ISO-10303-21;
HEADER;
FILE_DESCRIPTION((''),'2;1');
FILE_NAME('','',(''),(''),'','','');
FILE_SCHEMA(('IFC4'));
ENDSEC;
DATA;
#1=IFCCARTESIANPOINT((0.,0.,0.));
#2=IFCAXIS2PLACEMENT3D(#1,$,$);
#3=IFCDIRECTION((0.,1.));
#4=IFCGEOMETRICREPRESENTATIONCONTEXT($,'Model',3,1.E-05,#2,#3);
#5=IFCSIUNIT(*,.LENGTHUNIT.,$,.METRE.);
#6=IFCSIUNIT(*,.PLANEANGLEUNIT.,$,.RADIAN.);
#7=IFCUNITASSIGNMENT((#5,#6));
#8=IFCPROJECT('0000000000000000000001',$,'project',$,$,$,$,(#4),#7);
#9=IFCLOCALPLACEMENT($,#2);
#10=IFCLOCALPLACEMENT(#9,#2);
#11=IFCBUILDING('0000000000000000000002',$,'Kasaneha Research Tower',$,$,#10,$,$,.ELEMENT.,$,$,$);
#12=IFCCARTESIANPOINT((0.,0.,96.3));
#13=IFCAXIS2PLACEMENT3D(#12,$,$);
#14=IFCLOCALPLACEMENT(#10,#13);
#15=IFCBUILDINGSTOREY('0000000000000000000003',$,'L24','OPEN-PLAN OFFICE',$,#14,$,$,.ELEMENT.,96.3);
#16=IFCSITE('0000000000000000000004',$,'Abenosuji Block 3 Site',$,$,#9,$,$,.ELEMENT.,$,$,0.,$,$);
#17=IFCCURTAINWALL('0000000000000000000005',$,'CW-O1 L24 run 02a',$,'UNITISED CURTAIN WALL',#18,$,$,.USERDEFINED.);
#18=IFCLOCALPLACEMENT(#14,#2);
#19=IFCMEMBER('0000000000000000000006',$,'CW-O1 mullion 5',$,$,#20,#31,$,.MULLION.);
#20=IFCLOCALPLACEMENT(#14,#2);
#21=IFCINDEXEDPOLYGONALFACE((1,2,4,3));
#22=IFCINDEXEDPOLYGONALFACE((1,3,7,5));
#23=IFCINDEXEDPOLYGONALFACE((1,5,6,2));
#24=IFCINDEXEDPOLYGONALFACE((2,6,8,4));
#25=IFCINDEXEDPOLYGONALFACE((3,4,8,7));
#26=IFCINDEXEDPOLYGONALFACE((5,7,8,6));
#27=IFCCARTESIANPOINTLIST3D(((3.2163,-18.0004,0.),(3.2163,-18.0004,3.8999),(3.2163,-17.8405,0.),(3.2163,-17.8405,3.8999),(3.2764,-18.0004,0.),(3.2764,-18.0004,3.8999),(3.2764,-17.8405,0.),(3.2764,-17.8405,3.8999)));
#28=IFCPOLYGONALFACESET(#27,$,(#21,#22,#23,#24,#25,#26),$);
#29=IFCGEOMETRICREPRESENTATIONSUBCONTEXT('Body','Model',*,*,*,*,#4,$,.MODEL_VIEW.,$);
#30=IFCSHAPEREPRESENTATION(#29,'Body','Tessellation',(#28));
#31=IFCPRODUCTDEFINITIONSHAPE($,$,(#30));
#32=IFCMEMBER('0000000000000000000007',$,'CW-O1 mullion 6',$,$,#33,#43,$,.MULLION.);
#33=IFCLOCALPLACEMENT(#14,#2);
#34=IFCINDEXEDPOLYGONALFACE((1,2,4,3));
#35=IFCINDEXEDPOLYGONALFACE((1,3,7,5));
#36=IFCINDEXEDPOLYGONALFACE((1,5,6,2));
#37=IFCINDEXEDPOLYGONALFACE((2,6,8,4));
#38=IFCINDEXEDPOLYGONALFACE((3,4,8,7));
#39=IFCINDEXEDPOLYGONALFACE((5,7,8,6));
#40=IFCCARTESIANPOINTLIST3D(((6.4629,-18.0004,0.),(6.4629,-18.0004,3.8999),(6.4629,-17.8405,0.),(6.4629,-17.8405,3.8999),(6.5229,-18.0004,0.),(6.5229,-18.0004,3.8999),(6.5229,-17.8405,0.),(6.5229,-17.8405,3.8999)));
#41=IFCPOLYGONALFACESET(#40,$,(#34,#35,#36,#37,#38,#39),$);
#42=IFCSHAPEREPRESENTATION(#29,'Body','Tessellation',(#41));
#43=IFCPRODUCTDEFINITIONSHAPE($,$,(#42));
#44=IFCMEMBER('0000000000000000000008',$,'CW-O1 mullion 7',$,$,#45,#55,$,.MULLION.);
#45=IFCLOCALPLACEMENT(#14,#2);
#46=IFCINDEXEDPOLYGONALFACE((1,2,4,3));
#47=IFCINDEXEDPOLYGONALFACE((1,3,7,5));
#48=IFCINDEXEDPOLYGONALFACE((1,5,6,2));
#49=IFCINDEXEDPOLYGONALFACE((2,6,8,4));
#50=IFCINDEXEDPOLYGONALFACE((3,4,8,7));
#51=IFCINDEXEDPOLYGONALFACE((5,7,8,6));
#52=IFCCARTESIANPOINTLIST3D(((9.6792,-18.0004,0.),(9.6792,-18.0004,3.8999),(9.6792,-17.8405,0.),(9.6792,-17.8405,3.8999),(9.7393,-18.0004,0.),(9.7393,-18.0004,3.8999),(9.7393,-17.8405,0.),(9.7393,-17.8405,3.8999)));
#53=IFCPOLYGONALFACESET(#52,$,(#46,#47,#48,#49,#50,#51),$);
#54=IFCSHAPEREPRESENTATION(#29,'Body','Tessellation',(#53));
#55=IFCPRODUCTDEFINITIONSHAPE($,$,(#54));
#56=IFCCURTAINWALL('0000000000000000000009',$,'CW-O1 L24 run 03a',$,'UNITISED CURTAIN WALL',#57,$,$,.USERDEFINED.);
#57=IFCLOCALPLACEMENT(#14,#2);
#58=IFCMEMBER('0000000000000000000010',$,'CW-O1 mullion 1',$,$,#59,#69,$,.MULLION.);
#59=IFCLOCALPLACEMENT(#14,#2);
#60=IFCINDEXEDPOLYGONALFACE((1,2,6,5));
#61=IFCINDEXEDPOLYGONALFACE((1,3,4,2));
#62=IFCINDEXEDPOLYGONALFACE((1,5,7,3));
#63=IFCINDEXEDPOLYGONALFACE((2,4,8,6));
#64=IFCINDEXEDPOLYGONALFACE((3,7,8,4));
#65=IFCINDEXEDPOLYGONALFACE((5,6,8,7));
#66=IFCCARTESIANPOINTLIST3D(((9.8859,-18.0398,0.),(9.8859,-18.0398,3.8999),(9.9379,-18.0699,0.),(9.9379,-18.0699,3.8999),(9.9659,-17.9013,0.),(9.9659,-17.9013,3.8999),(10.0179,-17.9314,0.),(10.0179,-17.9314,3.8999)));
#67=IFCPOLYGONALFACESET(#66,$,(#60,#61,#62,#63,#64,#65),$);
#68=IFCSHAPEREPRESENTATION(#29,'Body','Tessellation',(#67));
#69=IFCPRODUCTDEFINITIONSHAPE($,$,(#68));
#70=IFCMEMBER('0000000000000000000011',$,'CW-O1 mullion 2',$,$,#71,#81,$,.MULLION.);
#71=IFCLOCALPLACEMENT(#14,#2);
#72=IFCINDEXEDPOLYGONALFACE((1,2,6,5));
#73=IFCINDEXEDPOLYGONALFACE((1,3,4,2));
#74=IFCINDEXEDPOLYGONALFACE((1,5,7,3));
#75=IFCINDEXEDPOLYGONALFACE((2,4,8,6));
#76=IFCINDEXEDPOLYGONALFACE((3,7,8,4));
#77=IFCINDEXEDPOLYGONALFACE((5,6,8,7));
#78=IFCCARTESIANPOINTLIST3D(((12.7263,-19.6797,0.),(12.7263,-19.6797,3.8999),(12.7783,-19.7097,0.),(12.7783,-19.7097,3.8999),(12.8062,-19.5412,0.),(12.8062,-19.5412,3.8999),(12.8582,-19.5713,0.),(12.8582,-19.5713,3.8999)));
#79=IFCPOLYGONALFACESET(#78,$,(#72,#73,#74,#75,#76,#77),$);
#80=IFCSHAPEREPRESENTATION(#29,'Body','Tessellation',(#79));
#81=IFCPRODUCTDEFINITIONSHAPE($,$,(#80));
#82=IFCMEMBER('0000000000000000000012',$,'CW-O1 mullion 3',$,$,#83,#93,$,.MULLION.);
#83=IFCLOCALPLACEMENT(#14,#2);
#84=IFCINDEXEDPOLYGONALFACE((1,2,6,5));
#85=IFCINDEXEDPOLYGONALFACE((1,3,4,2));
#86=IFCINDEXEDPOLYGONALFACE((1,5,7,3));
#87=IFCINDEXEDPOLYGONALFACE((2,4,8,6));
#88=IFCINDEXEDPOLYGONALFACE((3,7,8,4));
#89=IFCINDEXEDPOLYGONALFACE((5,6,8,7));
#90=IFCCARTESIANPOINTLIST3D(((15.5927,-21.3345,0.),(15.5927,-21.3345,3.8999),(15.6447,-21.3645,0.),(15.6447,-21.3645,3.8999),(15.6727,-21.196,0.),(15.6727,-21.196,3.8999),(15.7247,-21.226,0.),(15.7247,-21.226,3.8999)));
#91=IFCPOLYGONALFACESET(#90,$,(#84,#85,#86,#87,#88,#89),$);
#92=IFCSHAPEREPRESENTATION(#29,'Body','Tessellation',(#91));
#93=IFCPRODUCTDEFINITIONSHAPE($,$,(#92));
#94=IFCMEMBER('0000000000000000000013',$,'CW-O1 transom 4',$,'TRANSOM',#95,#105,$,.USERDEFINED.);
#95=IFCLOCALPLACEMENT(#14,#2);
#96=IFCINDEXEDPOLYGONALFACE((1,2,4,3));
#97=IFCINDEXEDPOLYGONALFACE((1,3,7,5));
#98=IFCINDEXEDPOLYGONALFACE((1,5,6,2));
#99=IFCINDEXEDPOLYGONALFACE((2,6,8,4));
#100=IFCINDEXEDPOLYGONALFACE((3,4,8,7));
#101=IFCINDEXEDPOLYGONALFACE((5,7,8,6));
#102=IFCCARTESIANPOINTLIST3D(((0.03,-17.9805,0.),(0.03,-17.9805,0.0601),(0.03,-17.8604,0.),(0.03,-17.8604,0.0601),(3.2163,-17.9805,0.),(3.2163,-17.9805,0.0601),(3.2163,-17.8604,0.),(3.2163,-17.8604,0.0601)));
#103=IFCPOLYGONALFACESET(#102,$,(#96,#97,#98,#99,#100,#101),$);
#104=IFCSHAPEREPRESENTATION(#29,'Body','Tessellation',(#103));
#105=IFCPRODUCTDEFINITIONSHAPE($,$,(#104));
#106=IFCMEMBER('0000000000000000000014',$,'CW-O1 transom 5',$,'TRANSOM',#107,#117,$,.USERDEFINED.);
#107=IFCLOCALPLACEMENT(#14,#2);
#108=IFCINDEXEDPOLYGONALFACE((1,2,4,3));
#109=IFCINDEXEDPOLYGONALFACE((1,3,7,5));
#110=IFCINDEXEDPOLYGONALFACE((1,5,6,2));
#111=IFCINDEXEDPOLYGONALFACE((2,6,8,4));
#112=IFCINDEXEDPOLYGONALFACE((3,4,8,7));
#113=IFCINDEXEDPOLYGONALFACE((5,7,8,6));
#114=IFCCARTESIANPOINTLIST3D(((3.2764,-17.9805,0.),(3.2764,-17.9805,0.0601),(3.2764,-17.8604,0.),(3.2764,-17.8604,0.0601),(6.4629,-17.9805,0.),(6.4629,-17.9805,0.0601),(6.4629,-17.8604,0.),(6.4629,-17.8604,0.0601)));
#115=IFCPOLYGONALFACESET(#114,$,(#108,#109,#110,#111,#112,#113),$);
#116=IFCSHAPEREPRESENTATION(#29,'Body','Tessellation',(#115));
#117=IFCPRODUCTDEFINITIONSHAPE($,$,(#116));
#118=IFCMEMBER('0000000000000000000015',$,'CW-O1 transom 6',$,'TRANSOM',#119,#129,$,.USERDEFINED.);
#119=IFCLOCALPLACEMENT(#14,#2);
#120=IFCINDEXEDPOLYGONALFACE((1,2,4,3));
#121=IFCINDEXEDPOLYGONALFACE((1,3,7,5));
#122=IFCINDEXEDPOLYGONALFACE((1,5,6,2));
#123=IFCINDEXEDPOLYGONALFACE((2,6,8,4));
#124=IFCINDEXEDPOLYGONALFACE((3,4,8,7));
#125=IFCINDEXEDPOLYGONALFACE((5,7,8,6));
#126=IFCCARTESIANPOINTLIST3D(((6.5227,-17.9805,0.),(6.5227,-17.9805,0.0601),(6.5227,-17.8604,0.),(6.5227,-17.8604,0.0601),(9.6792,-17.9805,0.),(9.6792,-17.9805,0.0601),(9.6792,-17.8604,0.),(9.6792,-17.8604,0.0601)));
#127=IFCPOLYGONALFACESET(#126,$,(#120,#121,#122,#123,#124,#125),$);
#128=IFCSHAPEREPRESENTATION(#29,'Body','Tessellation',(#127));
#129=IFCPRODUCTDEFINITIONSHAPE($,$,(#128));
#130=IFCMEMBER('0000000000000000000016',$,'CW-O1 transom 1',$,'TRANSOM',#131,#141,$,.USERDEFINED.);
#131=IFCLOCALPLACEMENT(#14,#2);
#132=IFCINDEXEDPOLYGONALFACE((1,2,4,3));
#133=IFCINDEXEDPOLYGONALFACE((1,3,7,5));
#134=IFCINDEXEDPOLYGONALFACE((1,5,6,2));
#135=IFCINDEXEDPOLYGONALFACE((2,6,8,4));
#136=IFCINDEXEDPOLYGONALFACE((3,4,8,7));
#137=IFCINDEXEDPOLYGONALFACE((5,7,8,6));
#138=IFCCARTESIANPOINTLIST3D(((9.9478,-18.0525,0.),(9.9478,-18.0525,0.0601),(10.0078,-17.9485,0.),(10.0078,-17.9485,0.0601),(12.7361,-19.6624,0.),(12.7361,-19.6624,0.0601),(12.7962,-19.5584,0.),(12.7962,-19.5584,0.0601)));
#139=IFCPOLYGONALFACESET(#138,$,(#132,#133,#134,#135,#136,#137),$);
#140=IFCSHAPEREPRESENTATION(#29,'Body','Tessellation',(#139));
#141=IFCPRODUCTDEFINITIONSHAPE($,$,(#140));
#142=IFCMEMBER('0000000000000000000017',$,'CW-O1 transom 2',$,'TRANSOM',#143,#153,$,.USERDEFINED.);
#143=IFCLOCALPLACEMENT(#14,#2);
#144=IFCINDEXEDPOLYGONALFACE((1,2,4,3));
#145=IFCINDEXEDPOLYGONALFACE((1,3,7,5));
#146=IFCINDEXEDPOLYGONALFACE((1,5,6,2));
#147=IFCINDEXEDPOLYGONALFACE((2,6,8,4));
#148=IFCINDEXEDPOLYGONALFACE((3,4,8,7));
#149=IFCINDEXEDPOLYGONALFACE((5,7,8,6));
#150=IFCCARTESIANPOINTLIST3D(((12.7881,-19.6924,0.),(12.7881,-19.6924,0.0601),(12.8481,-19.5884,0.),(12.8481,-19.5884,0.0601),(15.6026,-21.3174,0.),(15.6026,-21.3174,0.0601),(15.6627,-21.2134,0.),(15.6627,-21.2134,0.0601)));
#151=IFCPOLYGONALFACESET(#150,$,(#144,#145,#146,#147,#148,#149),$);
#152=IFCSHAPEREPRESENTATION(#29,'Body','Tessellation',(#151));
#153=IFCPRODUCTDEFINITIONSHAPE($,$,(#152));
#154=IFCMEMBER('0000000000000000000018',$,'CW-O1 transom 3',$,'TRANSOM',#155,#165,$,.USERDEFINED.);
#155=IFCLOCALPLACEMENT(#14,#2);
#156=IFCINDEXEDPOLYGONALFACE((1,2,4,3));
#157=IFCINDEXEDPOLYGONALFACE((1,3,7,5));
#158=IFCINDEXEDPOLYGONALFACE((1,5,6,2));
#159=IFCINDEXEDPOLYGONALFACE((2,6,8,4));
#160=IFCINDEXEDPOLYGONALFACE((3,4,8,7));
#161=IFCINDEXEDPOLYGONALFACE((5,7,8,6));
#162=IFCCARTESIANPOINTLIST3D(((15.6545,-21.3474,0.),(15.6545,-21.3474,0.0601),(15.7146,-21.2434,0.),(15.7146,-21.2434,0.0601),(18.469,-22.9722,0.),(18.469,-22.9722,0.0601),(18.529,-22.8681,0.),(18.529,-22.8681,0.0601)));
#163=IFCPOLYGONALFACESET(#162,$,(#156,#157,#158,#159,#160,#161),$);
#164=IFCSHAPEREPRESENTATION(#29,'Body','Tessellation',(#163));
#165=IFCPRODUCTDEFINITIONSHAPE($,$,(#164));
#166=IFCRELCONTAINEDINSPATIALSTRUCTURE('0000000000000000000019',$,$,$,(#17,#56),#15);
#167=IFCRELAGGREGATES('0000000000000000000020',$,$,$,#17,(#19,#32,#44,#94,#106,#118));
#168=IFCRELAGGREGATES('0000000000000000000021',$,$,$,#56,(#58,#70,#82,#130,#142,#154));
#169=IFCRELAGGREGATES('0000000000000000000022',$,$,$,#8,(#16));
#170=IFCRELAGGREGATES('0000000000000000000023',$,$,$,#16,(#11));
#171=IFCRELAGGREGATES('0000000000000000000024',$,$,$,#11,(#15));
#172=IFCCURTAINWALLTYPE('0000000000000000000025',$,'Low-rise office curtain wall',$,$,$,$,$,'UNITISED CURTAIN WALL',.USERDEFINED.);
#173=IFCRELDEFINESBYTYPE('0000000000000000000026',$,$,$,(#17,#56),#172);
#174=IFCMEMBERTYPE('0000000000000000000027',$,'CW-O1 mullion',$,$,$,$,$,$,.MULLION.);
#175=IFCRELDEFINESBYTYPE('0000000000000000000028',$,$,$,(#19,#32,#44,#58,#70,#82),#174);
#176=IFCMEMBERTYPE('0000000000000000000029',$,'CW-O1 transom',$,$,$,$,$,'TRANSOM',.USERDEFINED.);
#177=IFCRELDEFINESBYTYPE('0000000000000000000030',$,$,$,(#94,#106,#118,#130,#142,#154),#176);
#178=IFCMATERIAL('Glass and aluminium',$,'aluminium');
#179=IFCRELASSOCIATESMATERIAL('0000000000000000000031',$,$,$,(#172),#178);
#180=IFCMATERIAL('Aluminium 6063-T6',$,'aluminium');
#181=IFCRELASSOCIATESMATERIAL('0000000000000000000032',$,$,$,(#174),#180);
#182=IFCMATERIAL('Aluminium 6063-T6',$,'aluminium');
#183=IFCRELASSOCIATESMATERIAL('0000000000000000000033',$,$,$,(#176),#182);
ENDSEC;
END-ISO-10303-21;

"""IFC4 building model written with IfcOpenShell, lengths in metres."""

from ifc_helpers import new_model, si_unit, direction, frame, origin, origin_2d, place, context, subcontext, project, spatial, rectangle, extrude, material, material_profile, profile_set, type_object, element, aggregate, save


model = new_model("IFC4")

# Units and contexts
model_context = context("Model", 3, precision=1e-05, world=origin(), true_north=direction((0.0, 1.0)))
body_context = subcontext(model_context, "Body", "Model", "MODEL_VIEW")
ifc_project = project(units=[si_unit("LENGTHUNIT", "METRE"), si_unit("PLANEANGLEUNIT", "RADIAN")], contexts=[model_context])

# Site, building, storey
site_placement = place(None, origin())
site = spatial("IfcSite", under=ifc_project, at=site_placement, Name="Abenosuji Block 3 Site", CompositionType="ELEMENT", RefElevation=0.0)
building_placement = place(site_placement, origin())
building = spatial("IfcBuilding", under=site, at=building_placement, Name="Kasaneha Research Tower", CompositionType="ELEMENT")
storey_placement = place(building_placement, frame((0.0, 0.0, 96.3)))
storey = spatial("IfcBuildingStorey", under=building, at=storey_placement, Name="L24", Description="OPEN-PLAN OFFICE", CompositionType="ELEMENT", Elevation=96.3)

# Curtain walls, members
ifc_material_1 = material(Name="Glass and aluminium", Category="aluminium")
curtain_wall_type = type_object("IfcCurtainWallType", Name="Low-rise office curtain wall", ElementType="UNITISED CURTAIN WALL", PredefinedType="USERDEFINED", material=ifc_material_1)
curtain_wall_1_placement = place(storey_placement, origin())
curtain_wall_1 = element("IfcCurtainWall", 1, at=curtain_wall_1_placement, inside=storey, type_object=curtain_wall_type, Name="CW-O1 L24 run 02a", ObjectType="UNITISED CURTAIN WALL", PredefinedType="USERDEFINED")
ifc_material_2 = material(Name="Aluminium 6063-T6", Category="aluminium")
ifc_material_profile_1 = material_profile(ifc_material_2, rectangle(XDim=0.0601, YDim=0.1599, at=origin_2d()), Name="CW-O1 mullion 60x160")
ifc_profile_set_1 = profile_set([ifc_material_profile_1], Name="Aluminium 6063-T6")
member_type_1 = type_object("IfcMemberType", Name="CW-O1 mullion", PredefinedType="MULLION", material=ifc_profile_set_1)
member_1_placement = place(storey_placement, frame((3.2463, -17.9204, 0.0), z_axis=(0.0, 0.0, 1.0), x_axis=(1.0, 0.0, 0.0)))
member_1 = element("IfcMember", 2, at=member_1_placement, type_object=member_type_1, Name="CW-O1 mullion 5", PredefinedType="MULLION", context=body_context, shape_type="SweptSolid", body=[
    extrude(rectangle(XDim=0.0601, YDim=0.1599, at=origin_2d()), origin(), (0.0, 0.0, 1.0), 3.8999),
])
member_2_placement = place(storey_placement, frame((6.4929, -17.9204, 0.0), z_axis=(0.0, 0.0, 1.0), x_axis=(1.0, 0.0, 0.0)))
member_2 = element("IfcMember", 3, at=member_2_placement, type_object=member_type_1, Name="CW-O1 mullion 6", PredefinedType="MULLION", context=body_context, shape_type="SweptSolid", body=[
    extrude(rectangle(XDim=0.0601, YDim=0.1599, at=origin_2d()), origin(), (0.0, 0.0, 1.0), 3.8999),
])
member_3_placement = place(storey_placement, frame((9.7092, -17.9204, 0.0), z_axis=(0.0, 0.0, 1.0), x_axis=(1.0, 0.0, 0.0)))
member_3 = element("IfcMember", 4, at=member_3_placement, type_object=member_type_1, Name="CW-O1 mullion 7", PredefinedType="MULLION", context=body_context, shape_type="SweptSolid", body=[
    extrude(rectangle(XDim=0.0601, YDim=0.1599, at=origin_2d()), origin(), (0.0, 0.0, 1.0), 3.8999),
])
curtain_wall_2_placement = place(storey_placement, origin())
curtain_wall_2 = element("IfcCurtainWall", 5, at=curtain_wall_2_placement, inside=storey, type_object=curtain_wall_type, Name="CW-O1 L24 run 03a", ObjectType="UNITISED CURTAIN WALL", PredefinedType="USERDEFINED")
member_4_placement = place(storey_placement, frame((9.9519, -17.9856, 0.0), z_axis=(0.0, 0.0, 1.0), x_axis=(0.866025, -0.5, 0.0)))
member_4 = element("IfcMember", 6, at=member_4_placement, type_object=member_type_1, Name="CW-O1 mullion 1", PredefinedType="MULLION", context=body_context, shape_type="SweptSolid", body=[
    extrude(rectangle(XDim=0.0601, YDim=0.1599, at=origin_2d()), origin(), (0.0, 0.0, 1.0), 3.8999),
])
member_5_placement = place(storey_placement, frame((12.7922, -19.6255, 0.0), z_axis=(0.0, 0.0, 1.0), x_axis=(0.866025, -0.5, 0.0)))
member_5 = element("IfcMember", 7, at=member_5_placement, type_object=member_type_1, Name="CW-O1 mullion 2", PredefinedType="MULLION", context=body_context, shape_type="SweptSolid", body=[
    extrude(rectangle(XDim=0.0601, YDim=0.1599, at=origin_2d()), origin(), (0.0, 0.0, 1.0), 3.8999),
])
member_6_placement = place(storey_placement, frame((15.6587, -21.2803, 0.0), z_axis=(0.0, 0.0, 1.0), x_axis=(0.866025, -0.5, 0.0)))
member_6 = element("IfcMember", 8, at=member_6_placement, type_object=member_type_1, Name="CW-O1 mullion 3", PredefinedType="MULLION", context=body_context, shape_type="SweptSolid", body=[
    extrude(rectangle(XDim=0.0601, YDim=0.1599, at=origin_2d()), origin(), (0.0, 0.0, 1.0), 3.8999),
])

# Members
ifc_material_3 = material(Name="Aluminium 6063-T6", Category="aluminium")
ifc_material_profile_2 = material_profile(ifc_material_3, rectangle(XDim=0.1201, YDim=0.0601, at=origin_2d()), Name="CW-O1 transom 120x60")
ifc_profile_set_2 = profile_set([ifc_material_profile_2], Name="Aluminium 6063-T6")
member_type_2 = type_object("IfcMemberType", Name="CW-O1 transom", ElementType="TRANSOM", PredefinedType="USERDEFINED", material=ifc_profile_set_2)
member_7_placement = place(storey_placement, frame((0.03, -17.9204, 0.03), z_axis=(1.0, 0.0, 0.0), x_axis=(0.0, 1.0, 0.0)))
member_7 = element("IfcMember", 9, at=member_7_placement, type_object=member_type_2, Name="CW-O1 transom 4", ObjectType="TRANSOM", PredefinedType="USERDEFINED", context=body_context, shape_type="SweptSolid", body=[
    extrude(rectangle(XDim=0.1201, YDim=0.0601, at=origin_2d()), origin(), (0.0, 0.0, 1.0), 3.1863),
])
member_8_placement = place(storey_placement, frame((3.2764, -17.9204, 0.03), z_axis=(1.0, 0.0, 0.0), x_axis=(0.0, 1.0, 0.0)))
member_8 = element("IfcMember", 10, at=member_8_placement, type_object=member_type_2, Name="CW-O1 transom 5", ObjectType="TRANSOM", PredefinedType="USERDEFINED", context=body_context, shape_type="SweptSolid", body=[
    extrude(rectangle(XDim=0.1201, YDim=0.0601, at=origin_2d()), origin(), (0.0, 0.0, 1.0), 3.1865),
])
member_9_placement = place(storey_placement, frame((6.5227, -17.9204, 0.03), z_axis=(1.0, 0.0, 0.0), x_axis=(0.0, 1.0, 0.0)))
member_9 = element("IfcMember", 11, at=member_9_placement, type_object=member_type_2, Name="CW-O1 transom 6", ObjectType="TRANSOM", PredefinedType="USERDEFINED", context=body_context, shape_type="SweptSolid", body=[
    extrude(rectangle(XDim=0.1201, YDim=0.0601, at=origin_2d()), origin(), (0.0, 0.0, 1.0), 3.1565),
])
member_10_placement = place(storey_placement, frame((9.9778, -18.0005, 0.03), z_axis=(0.866023, -0.500005, 0.0), x_axis=(0.500005, 0.866023, 0.0)))
member_10 = element("IfcMember", 12, at=member_10_placement, type_object=member_type_2, Name="CW-O1 transom 1", ObjectType="TRANSOM", PredefinedType="USERDEFINED", context=body_context, shape_type="SweptSolid", body=[
    extrude(rectangle(XDim=0.1201, YDim=0.0601, at=origin_2d()), origin(), (0.0, 0.0, 1.0), 3.2197),
])
member_11_placement = place(storey_placement, frame((12.8181, -19.6404, 0.03), z_axis=(0.866015, -0.500017, 0.0), x_axis=(0.500017, 0.866015, 0.0)))
member_11 = element("IfcMember", 13, at=member_11_placement, type_object=member_type_2, Name="CW-O1 transom 2", ObjectType="TRANSOM", PredefinedType="USERDEFINED", context=body_context, shape_type="SweptSolid", body=[
    extrude(rectangle(XDim=0.1201, YDim=0.0601, at=origin_2d()), origin(), (0.0, 0.0, 1.0), 3.25),
])
member_12_placement = place(storey_placement, frame((15.6846, -21.2954, 0.03), z_axis=(0.866048, -0.499961, 0.0), x_axis=(0.499961, 0.866048, 0.0)))
member_12 = element("IfcMember", 14, at=member_12_placement, type_object=member_type_2, Name="CW-O1 transom 3", ObjectType="TRANSOM", PredefinedType="USERDEFINED", context=body_context, shape_type="SweptSolid", body=[
    extrude(rectangle(XDim=0.1201, YDim=0.0601, at=origin_2d()), origin(), (0.0, 0.0, 1.0), 3.2498),
])

aggregate(curtain_wall_1, [member_1, member_2, member_3, member_7, member_8, member_9])
aggregate(curtain_wall_2, [member_4, member_5, member_6, member_10, member_11, member_12])

save(model, "model.ifc")
